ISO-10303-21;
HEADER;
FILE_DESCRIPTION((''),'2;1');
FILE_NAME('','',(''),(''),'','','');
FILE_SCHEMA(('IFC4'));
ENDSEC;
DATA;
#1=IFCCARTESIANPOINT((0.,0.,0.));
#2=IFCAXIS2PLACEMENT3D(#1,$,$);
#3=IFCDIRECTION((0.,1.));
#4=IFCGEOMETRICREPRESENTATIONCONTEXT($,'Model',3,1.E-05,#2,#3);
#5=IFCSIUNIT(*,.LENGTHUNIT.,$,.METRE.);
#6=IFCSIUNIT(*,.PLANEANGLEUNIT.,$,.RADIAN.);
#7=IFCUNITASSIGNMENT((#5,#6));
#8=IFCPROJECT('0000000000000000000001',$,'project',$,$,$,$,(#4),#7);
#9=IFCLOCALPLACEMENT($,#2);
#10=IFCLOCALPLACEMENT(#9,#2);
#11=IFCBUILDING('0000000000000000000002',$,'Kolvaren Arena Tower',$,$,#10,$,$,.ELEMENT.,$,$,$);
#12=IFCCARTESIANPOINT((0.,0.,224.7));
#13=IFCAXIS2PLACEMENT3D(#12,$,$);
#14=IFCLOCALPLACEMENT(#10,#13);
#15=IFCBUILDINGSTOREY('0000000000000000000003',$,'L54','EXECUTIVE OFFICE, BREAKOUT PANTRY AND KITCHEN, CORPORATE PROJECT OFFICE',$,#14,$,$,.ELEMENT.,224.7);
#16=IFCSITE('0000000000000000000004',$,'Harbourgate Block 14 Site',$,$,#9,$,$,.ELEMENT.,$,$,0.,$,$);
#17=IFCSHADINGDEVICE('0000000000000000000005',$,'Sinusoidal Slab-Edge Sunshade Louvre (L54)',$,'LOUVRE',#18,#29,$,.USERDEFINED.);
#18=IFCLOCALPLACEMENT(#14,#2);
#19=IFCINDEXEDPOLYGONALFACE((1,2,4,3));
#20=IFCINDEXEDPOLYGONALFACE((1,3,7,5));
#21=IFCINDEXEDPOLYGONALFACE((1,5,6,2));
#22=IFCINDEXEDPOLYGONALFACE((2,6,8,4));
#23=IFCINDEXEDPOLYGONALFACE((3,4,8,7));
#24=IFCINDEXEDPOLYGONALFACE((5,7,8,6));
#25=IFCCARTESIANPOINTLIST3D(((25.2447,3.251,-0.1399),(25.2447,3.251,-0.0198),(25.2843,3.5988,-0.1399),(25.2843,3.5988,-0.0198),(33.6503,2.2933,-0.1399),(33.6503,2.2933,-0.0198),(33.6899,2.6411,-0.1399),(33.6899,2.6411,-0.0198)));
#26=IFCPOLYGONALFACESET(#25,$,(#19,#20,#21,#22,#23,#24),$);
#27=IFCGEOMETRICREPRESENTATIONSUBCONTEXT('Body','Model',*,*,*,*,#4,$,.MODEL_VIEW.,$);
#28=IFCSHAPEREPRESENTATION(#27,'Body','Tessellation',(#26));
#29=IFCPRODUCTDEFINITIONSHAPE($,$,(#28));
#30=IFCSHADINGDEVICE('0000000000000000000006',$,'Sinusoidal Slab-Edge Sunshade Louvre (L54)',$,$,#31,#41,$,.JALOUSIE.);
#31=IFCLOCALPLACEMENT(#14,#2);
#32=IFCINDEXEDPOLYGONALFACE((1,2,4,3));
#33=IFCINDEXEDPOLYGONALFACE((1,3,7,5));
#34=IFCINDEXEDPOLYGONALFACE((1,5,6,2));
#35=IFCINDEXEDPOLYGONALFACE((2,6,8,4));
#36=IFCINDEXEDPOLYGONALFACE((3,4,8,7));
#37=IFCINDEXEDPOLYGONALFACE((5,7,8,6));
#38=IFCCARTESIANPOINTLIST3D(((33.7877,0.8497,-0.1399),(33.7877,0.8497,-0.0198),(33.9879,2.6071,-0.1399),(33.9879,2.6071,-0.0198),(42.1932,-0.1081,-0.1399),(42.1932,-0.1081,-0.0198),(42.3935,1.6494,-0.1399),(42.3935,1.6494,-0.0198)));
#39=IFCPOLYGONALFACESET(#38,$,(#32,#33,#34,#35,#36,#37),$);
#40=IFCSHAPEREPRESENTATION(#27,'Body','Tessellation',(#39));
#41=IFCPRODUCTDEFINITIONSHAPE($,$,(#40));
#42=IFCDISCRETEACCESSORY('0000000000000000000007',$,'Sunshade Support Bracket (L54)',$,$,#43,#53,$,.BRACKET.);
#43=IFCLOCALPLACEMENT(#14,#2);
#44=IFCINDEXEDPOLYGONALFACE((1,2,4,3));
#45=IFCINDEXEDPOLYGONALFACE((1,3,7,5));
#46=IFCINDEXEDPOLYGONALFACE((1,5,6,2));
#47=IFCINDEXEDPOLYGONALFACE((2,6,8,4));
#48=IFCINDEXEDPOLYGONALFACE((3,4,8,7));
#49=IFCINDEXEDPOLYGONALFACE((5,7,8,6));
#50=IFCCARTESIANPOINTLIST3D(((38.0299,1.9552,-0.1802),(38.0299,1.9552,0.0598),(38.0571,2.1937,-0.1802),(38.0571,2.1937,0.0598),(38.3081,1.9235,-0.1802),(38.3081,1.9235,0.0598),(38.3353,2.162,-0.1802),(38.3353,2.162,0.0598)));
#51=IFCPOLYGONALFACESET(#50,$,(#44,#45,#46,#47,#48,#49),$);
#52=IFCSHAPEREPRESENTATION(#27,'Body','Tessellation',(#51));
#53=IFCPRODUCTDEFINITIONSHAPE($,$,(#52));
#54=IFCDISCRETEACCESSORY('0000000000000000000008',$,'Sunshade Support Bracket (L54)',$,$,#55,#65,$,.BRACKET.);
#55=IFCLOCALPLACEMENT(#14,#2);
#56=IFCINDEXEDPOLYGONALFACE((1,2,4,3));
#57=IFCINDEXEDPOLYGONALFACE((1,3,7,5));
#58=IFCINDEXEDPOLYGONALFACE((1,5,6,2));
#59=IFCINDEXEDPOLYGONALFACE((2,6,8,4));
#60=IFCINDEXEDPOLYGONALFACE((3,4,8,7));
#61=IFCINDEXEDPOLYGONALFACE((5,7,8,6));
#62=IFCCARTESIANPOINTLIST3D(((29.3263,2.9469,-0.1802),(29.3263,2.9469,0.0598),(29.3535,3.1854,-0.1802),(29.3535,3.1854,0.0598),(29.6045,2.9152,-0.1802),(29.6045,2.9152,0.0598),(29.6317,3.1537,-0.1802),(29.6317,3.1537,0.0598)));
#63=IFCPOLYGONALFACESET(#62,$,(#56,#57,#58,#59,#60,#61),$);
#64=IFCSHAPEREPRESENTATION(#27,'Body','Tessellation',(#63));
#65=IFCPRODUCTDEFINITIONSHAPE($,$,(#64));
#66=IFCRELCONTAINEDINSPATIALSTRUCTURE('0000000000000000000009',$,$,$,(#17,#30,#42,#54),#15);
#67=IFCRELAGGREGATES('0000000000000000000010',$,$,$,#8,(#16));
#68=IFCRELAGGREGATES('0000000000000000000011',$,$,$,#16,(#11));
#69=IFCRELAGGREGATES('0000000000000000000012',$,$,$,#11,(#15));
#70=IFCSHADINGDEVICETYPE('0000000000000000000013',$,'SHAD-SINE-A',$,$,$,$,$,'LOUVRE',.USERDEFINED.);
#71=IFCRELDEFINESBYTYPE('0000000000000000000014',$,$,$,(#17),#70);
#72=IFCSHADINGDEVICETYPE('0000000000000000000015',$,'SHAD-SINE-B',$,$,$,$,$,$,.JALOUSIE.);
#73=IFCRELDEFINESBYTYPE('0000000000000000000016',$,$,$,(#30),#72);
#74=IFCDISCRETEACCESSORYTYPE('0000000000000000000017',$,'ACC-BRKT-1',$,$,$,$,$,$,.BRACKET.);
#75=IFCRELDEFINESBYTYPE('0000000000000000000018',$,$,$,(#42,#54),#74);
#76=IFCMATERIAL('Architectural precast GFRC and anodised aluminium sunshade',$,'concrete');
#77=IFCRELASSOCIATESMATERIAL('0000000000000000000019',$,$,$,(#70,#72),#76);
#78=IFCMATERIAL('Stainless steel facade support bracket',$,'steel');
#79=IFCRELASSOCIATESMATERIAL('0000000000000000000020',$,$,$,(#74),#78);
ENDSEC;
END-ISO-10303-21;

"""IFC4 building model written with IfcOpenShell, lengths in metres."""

from ifc_helpers import new_model, si_unit, direction, frame, origin, origin_2d, place, context, subcontext, project, spatial, rectangle, extrude, material, type_object, element, save


model = new_model("IFC4")

# Units and contexts
model_context = context("Model", 3, precision=1e-05, world=origin(), true_north=direction((0.0, 1.0)))
body_context = subcontext(model_context, "Body", "Model", "MODEL_VIEW")
ifc_project = project(units=[si_unit("LENGTHUNIT", "METRE"), si_unit("PLANEANGLEUNIT", "RADIAN")], contexts=[model_context])

# Site, building, storey
site_placement = place(None, origin())
site = spatial("IfcSite", under=ifc_project, at=site_placement, Name="Harbourgate Block 14 Site", CompositionType="ELEMENT", RefElevation=0.0)
building_placement = place(site_placement, origin())
building = spatial("IfcBuilding", under=site, at=building_placement, Name="Kolvaren Arena Tower", CompositionType="ELEMENT")
storey_placement = place(building_placement, frame((0.0, 0.0, 224.7)))
storey = spatial("IfcBuildingStorey", under=building, at=storey_placement, Name="L54", Description="EXECUTIVE OFFICE, BREAKOUT PANTRY AND KITCHEN, CORPORATE PROJECT OFFICE", CompositionType="ELEMENT", Elevation=224.7)

# Shading devices
ifc_material_1 = material(Name="Architectural precast GFRC and anodised aluminium sunshade", Category="concrete")
shading_device_type_1 = type_object("IfcShadingDeviceType", Name="SHAD-SINE-A", ElementType="LOUVRE", PredefinedType="USERDEFINED", material=ifc_material_1)
shading_device_1_placement = place(storey_placement, frame((29.4673, 2.946, -0.1399), z_axis=(0.0, 0.0, 1.0), x_axis=(-0.993572, 0.113205, 0.0)))
element("IfcShadingDevice", 1, at=shading_device_1_placement, inside=storey, type_object=shading_device_type_1, Name="Sinusoidal Slab-Edge Sunshade Louvre (L54)", ObjectType="LOUVRE", PredefinedType="USERDEFINED", context=body_context, shape_type="SweptSolid", body=[
    extrude(rectangle(XDim=8.46, YDim=0.3501, at=origin_2d()), origin(), (0.0, 0.0, 1.0), 0.1201),
])
shading_device_type_2 = type_object("IfcShadingDeviceType", Name="SHAD-SINE-B", PredefinedType="JALOUSIE", material=ifc_material_1)
shading_device_2_placement = place(storey_placement, frame((38.0906, 1.2495, -0.1399), z_axis=(0.0, 0.0, 1.0), x_axis=(-0.993572, 0.113205, 0.0)))
element("IfcShadingDevice", 2, at=shading_device_2_placement, inside=storey, type_object=shading_device_type_2, Name="Sinusoidal Slab-Edge Sunshade Louvre (L54)", PredefinedType="JALOUSIE", context=body_context, shape_type="SweptSolid", body=[
    extrude(rectangle(XDim=8.46, YDim=1.7688, at=origin_2d()), origin(), (0.0, 0.0, 1.0), 0.1201),
])

# Discrete accessories
ifc_material_2 = material(Name="Stainless steel facade support bracket", Category="steel")
discrete_accessory_type = type_object("IfcDiscreteAccessoryType", Name="ACC-BRKT-1", PredefinedType="BRACKET", material=ifc_material_2)
for number, where, z_axis, x_axis, name in (
    (3, (38.1826, 2.0586, -0.1802), (0.0, 0.0, 1.0), (-0.993572, 0.113205, 0.0), "Sunshade Support Bracket (L54)"),
    (4, (29.479, 3.0503, -0.1802), (0.0, 0.0, 1.0), (-0.993572, 0.113205, 0.0), "Sunshade Support Bracket (L54)"),
):
    element("IfcDiscreteAccessory", number, at=place(storey_placement, frame(where, z_axis=z_axis, x_axis=x_axis)), inside=storey, type_object=discrete_accessory_type, Name=name, PredefinedType="BRACKET", context=body_context, shape_type="SweptSolid", body=[
        extrude(rectangle(XDim=0.28, YDim=0.24, at=origin_2d()), origin(), (0.0, 0.0, 1.0), 0.24),
    ])

save(model, "model.ifc")
